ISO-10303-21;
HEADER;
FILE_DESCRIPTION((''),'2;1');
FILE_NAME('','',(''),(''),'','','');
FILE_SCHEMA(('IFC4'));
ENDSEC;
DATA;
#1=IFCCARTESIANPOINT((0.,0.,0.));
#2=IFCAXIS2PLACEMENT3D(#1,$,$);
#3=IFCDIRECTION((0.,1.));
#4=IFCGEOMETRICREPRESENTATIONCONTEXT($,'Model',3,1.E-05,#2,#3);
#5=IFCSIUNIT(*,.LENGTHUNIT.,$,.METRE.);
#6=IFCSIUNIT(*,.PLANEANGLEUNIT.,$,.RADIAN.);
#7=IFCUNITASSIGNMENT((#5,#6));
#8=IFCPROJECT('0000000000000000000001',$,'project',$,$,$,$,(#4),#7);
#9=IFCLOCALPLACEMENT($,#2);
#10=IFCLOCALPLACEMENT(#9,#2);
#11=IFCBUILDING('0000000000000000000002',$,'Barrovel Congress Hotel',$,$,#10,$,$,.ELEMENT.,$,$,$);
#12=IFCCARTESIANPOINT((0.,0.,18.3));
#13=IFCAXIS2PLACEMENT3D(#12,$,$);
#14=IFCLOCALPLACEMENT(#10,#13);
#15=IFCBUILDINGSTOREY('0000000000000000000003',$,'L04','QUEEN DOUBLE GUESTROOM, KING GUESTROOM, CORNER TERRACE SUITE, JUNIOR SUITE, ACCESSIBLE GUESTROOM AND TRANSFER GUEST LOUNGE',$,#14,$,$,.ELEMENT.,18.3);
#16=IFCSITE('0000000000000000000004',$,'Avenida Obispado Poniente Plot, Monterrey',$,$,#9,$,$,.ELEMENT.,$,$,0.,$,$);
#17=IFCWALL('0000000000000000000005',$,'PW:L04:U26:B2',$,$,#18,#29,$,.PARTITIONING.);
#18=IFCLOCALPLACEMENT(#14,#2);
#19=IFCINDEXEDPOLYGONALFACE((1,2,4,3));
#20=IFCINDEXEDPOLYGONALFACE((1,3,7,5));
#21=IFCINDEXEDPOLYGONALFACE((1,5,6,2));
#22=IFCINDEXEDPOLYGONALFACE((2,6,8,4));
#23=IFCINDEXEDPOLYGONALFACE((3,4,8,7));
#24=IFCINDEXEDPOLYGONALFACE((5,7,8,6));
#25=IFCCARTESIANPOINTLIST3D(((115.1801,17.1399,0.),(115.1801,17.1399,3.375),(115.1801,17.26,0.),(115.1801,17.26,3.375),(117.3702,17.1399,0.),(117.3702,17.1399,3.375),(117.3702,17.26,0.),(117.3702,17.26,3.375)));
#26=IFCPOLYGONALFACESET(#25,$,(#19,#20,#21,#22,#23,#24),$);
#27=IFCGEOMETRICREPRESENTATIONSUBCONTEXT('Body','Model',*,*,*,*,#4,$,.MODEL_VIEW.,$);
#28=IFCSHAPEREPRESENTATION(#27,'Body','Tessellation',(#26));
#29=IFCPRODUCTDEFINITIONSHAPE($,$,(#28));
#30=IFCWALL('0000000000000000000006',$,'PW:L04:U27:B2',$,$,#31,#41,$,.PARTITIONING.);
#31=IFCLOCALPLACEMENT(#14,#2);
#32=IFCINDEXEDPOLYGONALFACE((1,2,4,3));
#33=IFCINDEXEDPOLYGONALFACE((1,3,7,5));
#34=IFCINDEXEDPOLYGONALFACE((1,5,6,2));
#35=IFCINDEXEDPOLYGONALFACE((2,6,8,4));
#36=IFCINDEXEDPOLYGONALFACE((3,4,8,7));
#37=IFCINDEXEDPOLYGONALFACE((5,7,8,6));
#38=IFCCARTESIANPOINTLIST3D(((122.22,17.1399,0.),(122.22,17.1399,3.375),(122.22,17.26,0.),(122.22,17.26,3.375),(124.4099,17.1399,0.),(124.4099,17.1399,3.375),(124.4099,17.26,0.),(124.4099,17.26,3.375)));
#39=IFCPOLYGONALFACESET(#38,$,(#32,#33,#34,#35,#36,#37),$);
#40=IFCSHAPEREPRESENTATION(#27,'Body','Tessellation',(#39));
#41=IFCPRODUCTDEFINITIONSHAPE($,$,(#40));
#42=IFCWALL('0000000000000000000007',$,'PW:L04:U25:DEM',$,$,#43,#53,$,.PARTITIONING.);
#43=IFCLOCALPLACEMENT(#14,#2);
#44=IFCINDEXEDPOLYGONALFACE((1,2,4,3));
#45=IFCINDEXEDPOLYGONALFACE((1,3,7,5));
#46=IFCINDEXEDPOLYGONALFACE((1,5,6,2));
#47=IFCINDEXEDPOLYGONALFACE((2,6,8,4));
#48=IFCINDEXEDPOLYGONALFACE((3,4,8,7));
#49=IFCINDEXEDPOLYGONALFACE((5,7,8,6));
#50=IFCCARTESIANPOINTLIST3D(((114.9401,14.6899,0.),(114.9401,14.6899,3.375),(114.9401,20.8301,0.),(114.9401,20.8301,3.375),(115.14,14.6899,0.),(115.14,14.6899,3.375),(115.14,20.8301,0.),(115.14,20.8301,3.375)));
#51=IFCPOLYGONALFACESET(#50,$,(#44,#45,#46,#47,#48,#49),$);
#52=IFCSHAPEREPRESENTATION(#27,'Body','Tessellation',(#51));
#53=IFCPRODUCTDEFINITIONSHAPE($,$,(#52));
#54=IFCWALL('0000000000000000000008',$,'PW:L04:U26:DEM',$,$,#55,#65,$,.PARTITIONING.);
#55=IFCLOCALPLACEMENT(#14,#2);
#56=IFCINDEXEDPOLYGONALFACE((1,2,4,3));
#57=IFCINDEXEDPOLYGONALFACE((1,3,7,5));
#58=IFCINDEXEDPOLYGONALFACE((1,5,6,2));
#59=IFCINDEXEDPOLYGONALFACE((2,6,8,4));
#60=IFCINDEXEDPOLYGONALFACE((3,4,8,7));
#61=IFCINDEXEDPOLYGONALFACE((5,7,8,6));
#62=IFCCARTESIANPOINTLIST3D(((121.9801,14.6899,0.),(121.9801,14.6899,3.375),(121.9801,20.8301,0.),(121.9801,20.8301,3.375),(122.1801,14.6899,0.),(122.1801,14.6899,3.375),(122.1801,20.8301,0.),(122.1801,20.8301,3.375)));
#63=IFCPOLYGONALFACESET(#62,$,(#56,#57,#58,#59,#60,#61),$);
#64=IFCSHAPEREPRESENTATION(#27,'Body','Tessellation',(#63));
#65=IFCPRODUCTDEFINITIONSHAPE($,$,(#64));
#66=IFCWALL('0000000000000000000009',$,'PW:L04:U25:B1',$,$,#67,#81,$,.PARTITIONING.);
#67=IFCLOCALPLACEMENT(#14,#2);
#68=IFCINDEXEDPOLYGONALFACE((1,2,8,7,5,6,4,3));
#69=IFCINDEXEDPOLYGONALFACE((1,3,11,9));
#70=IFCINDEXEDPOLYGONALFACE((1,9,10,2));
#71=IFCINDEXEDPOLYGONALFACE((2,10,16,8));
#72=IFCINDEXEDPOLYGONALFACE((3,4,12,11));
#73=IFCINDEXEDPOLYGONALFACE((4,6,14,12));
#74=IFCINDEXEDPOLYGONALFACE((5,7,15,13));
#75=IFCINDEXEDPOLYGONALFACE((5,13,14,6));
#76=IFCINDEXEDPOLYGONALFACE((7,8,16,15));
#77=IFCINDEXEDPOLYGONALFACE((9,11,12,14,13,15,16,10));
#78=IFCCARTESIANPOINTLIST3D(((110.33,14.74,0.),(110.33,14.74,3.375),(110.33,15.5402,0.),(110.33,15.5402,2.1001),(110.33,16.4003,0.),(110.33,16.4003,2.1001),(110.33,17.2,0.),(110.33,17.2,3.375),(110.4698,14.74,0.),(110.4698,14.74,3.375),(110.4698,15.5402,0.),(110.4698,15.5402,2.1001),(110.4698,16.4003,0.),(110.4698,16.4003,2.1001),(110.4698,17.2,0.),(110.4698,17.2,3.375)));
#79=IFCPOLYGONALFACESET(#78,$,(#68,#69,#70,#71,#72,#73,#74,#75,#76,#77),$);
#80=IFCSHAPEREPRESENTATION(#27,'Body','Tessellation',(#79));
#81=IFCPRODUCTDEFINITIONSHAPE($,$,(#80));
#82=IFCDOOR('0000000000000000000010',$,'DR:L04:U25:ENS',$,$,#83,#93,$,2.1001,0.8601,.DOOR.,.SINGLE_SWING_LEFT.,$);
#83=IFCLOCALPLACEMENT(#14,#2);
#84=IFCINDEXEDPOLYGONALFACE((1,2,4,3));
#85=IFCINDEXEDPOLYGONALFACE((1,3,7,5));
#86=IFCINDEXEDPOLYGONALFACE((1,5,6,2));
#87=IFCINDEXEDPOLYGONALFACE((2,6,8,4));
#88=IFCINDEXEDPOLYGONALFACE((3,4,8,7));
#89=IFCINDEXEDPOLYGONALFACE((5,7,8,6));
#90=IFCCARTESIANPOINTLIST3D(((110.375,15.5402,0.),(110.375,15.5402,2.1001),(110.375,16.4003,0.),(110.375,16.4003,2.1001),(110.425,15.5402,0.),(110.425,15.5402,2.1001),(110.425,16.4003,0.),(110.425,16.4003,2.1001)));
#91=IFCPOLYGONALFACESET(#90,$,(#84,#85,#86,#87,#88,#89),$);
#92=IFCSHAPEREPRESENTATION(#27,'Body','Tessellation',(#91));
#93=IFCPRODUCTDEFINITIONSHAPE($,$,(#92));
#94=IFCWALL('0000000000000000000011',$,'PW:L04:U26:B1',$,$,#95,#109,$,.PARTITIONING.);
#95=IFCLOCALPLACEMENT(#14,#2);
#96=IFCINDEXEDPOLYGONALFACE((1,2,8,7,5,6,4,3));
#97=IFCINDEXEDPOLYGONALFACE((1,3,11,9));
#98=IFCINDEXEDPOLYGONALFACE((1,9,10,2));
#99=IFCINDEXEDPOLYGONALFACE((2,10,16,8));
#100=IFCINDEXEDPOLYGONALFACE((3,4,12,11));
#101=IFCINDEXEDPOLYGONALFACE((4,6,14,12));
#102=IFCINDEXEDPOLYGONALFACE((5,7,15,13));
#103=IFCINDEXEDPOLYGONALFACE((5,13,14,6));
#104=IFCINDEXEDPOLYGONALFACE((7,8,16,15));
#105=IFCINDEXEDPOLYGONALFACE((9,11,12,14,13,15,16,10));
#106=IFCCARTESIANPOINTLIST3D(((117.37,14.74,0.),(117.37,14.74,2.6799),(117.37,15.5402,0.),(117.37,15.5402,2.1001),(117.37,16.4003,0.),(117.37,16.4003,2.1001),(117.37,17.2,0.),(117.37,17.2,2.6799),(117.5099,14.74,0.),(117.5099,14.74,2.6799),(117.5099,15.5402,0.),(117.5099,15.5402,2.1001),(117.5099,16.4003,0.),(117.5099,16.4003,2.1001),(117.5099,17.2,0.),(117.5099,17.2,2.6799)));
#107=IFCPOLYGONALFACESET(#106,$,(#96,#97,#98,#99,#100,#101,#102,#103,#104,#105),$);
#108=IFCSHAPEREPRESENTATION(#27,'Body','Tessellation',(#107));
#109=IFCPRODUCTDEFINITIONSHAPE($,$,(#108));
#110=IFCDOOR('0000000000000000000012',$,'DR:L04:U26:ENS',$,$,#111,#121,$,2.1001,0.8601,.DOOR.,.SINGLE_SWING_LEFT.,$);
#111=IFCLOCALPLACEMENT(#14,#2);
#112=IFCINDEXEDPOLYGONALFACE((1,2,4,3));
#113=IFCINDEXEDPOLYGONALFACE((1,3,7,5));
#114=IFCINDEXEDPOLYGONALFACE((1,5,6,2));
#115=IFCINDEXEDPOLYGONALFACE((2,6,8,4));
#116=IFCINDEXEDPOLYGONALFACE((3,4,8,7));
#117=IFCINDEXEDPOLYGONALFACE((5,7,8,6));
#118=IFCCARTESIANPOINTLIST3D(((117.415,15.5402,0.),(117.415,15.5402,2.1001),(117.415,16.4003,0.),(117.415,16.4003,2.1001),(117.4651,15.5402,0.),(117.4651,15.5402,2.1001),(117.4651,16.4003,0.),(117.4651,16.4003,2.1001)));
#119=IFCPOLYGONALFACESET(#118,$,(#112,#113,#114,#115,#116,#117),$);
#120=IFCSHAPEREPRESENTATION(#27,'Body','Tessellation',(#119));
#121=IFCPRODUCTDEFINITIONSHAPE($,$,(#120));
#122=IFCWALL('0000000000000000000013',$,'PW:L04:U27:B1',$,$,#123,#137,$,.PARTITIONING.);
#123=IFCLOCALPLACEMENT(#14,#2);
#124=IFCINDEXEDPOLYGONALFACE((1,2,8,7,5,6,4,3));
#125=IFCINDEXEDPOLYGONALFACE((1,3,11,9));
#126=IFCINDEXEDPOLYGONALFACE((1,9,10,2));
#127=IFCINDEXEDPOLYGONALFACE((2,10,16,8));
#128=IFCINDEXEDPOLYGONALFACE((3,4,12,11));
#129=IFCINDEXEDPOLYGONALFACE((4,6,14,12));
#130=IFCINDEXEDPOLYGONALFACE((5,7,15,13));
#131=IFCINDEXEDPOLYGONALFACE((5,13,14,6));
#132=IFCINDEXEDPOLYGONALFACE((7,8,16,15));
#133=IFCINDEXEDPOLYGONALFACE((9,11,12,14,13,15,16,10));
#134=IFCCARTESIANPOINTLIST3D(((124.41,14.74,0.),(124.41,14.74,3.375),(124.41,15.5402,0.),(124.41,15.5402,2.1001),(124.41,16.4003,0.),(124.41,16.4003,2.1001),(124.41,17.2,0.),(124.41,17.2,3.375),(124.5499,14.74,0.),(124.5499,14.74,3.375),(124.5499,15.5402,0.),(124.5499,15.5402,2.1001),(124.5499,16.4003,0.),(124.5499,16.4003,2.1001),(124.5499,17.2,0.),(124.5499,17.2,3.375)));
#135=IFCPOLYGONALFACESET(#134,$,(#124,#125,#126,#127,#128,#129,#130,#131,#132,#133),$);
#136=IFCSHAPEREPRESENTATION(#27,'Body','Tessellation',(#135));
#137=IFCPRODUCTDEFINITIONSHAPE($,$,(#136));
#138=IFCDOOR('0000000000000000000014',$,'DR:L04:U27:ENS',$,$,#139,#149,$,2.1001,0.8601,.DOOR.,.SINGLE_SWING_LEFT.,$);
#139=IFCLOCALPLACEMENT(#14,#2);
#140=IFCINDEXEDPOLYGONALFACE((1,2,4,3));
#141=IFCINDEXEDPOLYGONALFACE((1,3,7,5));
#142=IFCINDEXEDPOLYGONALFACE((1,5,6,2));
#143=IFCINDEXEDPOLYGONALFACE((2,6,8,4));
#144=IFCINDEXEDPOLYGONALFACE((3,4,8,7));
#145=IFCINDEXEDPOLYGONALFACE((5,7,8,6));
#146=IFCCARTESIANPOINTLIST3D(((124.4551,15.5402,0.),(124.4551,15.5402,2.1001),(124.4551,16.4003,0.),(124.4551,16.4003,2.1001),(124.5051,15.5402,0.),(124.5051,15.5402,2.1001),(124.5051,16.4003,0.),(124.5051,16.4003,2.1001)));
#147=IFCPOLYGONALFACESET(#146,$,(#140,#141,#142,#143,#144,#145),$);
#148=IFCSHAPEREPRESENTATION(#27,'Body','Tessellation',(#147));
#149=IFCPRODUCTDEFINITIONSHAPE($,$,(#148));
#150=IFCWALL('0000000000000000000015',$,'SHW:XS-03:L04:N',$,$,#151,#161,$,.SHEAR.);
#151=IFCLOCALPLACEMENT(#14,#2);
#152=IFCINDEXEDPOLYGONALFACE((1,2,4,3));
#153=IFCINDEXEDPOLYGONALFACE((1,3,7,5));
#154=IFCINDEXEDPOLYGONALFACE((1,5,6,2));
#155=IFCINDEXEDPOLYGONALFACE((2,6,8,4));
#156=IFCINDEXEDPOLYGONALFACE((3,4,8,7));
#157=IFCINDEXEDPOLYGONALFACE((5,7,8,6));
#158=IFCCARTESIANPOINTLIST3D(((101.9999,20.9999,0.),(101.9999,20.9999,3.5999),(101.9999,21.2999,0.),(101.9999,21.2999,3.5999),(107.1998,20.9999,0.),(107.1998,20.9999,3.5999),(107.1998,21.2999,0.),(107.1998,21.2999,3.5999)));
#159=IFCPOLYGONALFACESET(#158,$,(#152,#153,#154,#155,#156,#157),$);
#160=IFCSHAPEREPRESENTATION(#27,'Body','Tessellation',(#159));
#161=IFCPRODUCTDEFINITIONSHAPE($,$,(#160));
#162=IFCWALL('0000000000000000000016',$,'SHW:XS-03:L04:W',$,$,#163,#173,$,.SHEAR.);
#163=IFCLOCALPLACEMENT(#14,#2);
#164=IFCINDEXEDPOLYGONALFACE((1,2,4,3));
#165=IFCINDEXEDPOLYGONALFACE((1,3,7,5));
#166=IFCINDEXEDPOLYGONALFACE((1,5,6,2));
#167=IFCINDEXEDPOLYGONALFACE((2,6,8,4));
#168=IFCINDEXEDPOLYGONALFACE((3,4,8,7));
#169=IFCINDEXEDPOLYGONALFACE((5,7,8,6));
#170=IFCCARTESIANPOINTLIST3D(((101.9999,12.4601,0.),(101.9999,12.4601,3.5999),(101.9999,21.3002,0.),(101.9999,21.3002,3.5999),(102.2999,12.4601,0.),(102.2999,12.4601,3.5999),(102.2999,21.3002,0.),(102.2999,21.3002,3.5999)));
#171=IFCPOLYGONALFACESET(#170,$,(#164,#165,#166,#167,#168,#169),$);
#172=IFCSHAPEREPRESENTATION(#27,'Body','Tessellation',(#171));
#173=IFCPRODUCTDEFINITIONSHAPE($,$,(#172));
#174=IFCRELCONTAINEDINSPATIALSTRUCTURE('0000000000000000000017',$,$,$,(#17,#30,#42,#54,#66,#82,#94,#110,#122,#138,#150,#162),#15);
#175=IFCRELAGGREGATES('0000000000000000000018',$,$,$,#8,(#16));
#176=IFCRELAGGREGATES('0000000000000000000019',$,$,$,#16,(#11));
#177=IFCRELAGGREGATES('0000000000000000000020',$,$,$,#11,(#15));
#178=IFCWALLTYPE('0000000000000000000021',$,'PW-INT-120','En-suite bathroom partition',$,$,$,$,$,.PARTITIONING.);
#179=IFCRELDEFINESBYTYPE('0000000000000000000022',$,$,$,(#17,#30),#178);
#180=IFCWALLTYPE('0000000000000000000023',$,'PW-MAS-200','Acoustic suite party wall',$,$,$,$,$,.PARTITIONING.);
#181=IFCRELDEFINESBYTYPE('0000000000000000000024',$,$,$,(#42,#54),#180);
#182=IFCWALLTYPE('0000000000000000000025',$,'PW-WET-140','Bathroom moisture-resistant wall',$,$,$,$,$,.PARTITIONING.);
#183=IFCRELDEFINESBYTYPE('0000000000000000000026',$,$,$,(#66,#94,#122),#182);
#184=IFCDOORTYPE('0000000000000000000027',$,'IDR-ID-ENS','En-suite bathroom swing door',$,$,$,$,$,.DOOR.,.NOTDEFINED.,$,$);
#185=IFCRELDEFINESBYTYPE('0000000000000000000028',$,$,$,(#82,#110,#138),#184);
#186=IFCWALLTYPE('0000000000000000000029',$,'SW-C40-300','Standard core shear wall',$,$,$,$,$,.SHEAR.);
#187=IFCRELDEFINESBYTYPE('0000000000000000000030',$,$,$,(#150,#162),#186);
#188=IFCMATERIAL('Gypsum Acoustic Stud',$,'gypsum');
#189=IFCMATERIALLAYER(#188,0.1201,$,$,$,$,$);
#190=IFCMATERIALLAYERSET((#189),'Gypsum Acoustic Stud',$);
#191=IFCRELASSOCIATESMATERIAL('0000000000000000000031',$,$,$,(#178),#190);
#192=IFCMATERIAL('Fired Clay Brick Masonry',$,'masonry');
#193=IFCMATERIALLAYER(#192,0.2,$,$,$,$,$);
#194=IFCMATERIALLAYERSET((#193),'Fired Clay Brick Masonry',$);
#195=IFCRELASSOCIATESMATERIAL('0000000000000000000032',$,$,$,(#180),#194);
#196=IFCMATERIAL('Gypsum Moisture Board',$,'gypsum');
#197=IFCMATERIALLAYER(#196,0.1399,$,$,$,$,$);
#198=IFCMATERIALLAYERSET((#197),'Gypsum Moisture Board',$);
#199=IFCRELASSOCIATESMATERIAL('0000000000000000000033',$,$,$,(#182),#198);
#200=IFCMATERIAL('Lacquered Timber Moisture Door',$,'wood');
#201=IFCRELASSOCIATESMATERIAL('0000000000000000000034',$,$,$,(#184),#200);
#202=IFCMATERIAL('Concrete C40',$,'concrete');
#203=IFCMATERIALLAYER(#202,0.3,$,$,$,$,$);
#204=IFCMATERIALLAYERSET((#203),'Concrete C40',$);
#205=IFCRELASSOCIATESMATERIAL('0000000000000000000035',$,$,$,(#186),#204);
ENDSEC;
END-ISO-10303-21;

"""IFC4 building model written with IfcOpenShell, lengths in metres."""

from ifc_helpers import new_model, si_unit, direction, frame, frame_2d, origin, place, context, subcontext, project, spatial, rectangle, extrude, material, layer, layer_set, type_object, element, fill, save


model = new_model("IFC4")

# Units and contexts
model_context = context("Model", 3, precision=1e-05, world=origin(), true_north=direction((0.0, 1.0)))
body_context = subcontext(model_context, "Body", "Model", "MODEL_VIEW")
ifc_project = project(units=[si_unit("LENGTHUNIT", "METRE"), si_unit("PLANEANGLEUNIT", "RADIAN")], contexts=[model_context])

# Site, building, storey
site_placement = place(None, origin())
site = spatial("IfcSite", under=ifc_project, at=site_placement, Name="Avenida Obispado Poniente Plot, Monterrey", CompositionType="ELEMENT", RefElevation=0.0)
building_placement = place(site_placement, origin())
building = spatial("IfcBuilding", under=site, at=building_placement, Name="Barrovel Congress Hotel", CompositionType="ELEMENT")
storey_placement = place(building_placement, frame((0.0, 0.0, 18.3)))
storey = spatial("IfcBuildingStorey", under=building, at=storey_placement, Name="L04", Description="QUEEN DOUBLE GUESTROOM, KING GUESTROOM, CORNER TERRACE SUITE, JUNIOR SUITE, ACCESSIBLE GUESTROOM AND TRANSFER GUEST LOUNGE", CompositionType="ELEMENT", Elevation=18.3)

# Shared definitions
ifc_material_1 = material(Name="Concrete C40", Category="concrete")

# Shared definitions
ifc_material_2 = material(Name="Fired Clay Brick Masonry", Category="masonry")

# Shared definitions
ifc_material_3 = material(Name="Gypsum Acoustic Stud", Category="gypsum")

# Walls
ifc_layer_1 = layer(ifc_material_3, 0.1201)
ifc_layer_set_1 = layer_set([ifc_layer_1], Name="Gypsum Acoustic Stud")
wall_type_1 = type_object("IfcWallType", Name="PW-INT-120", Description="En-suite bathroom partition", PredefinedType="PARTITIONING", material=ifc_layer_set_1)
for number, where, z_axis, x_axis, name in (
    (1, (115.1799, 17.2, 0.0), (0.0, 0.0, 1.0), (1.0, 0.0, 0.0), "PW:L04:U26:B2"),
):
    element("IfcWall", number, at=place(storey_placement, frame(where, z_axis=z_axis, x_axis=x_axis)), inside=storey, type_object=wall_type_1, Name=name, PredefinedType="PARTITIONING", context=body_context, shape_type="SweptSolid", body=[
        extrude(rectangle(XDim=2.1902, YDim=0.1201, at=frame_2d((1.0952, 0.0))), origin(), (0.0, 0.0, 1.0), 3.375),
    ])
wall_1_placement = place(storey_placement, frame((122.22, 17.2, 0.0), z_axis=(0.0, 0.0, 1.0), x_axis=(1.0, 0.0, 0.0)))
element("IfcWall", 2, at=wall_1_placement, inside=storey, type_object=wall_type_1, Name="PW:L04:U27:B2", PredefinedType="PARTITIONING", context=body_context, shape_type="SweptSolid", body=[
    extrude(rectangle(XDim=2.1899, YDim=0.1201, at=frame_2d((1.095, 0.0))), origin(), (0.0, 0.0, 1.0), 3.375),
])
ifc_layer_2 = layer(ifc_material_2, 0.2)
ifc_layer_set_2 = layer_set([ifc_layer_2], Name="Fired Clay Brick Masonry")
wall_type_2 = type_object("IfcWallType", Name="PW-MAS-200", Description="Acoustic suite party wall", PredefinedType="PARTITIONING", material=ifc_layer_set_2)
for number, where, z_axis, x_axis, name in (
    (3, (115.04, 14.6899, 0.0), (0.0, 0.0, 1.0), (0.0, 1.0, 0.0), "PW:L04:U25:DEM"),
    (4, (122.0801, 14.6899, 0.0), (0.0, 0.0, 1.0), (0.0, 1.0, 0.0), "PW:L04:U26:DEM"),
):
    element("IfcWall", number, at=place(storey_placement, frame(where, z_axis=z_axis, x_axis=x_axis)), inside=storey, type_object=wall_type_2, Name=name, PredefinedType="PARTITIONING", context=body_context, shape_type="SweptSolid", body=[
        extrude(rectangle(XDim=6.1401, YDim=0.2, at=frame_2d((3.0701, 0.0))), origin(), (0.0, 0.0, 1.0), 3.375),
    ])

# Walls, openings, doors
ifc_material_4 = material(Name="Gypsum Moisture Board", Category="gypsum")
ifc_layer_3 = layer(ifc_material_4, 0.1399)
ifc_layer_set_3 = layer_set([ifc_layer_3], Name="Gypsum Moisture Board")
wall_type_3 = type_object("IfcWallType", Name="PW-WET-140", Description="Bathroom moisture-resistant wall", PredefinedType="PARTITIONING", material=ifc_layer_set_3)
wall_2_placement = place(storey_placement, frame((110.3999, 14.74, 0.0), z_axis=(0.0, 0.0, 1.0), x_axis=(0.0, 1.0, 0.0)))
wall_2 = element("IfcWall", 5, at=wall_2_placement, inside=storey, type_object=wall_type_3, Name="PW:L04:U25:B1", PredefinedType="PARTITIONING", context=body_context, shape_type="SweptSolid", body=[
    extrude(rectangle(XDim=2.46, YDim=0.1399, at=frame_2d((1.23, 0.0))), origin(), (0.0, 0.0, 1.0), 3.375),
])
opening_1_placement = place(wall_2_placement, frame((0.8, 0.0, 0.0)))
opening_1 = element("IfcOpeningElement", 6, at=opening_1_placement, cuts=wall_2, PredefinedType="OPENING", context=body_context, shape_type="SweptSolid", body=[
    extrude(rectangle(XDim=0.8601, YDim=2.1001, at=frame_2d((0.4302, 1.05))), frame((0.0, 0.0801, 0.0), z_axis=(0.0, -1.0, 0.0), x_axis=(1.0, 0.0, 0.0)), (0.0, 0.0, 1.0), 0.1599),
])
ifc_material_5 = material(Name="Lacquered Timber Moisture Door", Category="wood")
door_type_1 = type_object("IfcDoorType", Name="IDR-ID-ENS", Description="En-suite bathroom swing door", OperationType="NOTDEFINED", PredefinedType="DOOR", material=ifc_material_5)
door_1_placement = place(opening_1_placement, origin())
door_1 = element("IfcDoor", 7, at=door_1_placement, inside=storey, type_object=door_type_1, Name="DR:L04:U25:ENS", OperationType="SINGLE_SWING_LEFT", OverallHeight=2.1001, OverallWidth=0.8601, PredefinedType="DOOR", context=body_context, shape_type="SweptSolid", body=[
    extrude(rectangle(XDim=0.8601, YDim=2.1001, at=frame_2d((0.4302, 1.05))), frame((0.0, 0.0249, 0.0), z_axis=(0.0, -1.0, 0.0), x_axis=(1.0, 0.0, 0.0)), (0.0, 0.0, 1.0), 0.05),
])
fill(opening_1, door_1)
wall_3_placement = place(storey_placement, frame((117.4399, 14.74, 0.0), z_axis=(0.0, 0.0, 1.0), x_axis=(0.0, 1.0, 0.0)))
wall_3 = element("IfcWall", 8, at=wall_3_placement, inside=storey, type_object=wall_type_3, Name="PW:L04:U26:B1", PredefinedType="PARTITIONING", context=body_context, shape_type="SweptSolid", body=[
    extrude(rectangle(XDim=2.46, YDim=0.1399, at=frame_2d((1.23, 0.0))), origin(), (0.0, 0.0, 1.0), 2.6799),
])
opening_2_placement = place(wall_3_placement, frame((0.8, 0.0, 0.0)))
opening_2 = element("IfcOpeningElement", 9, at=opening_2_placement, cuts=wall_3, PredefinedType="OPENING", context=body_context, shape_type="SweptSolid", body=[
    extrude(rectangle(XDim=0.8601, YDim=2.1001, at=frame_2d((0.4302, 1.05))), frame((0.0, 0.0801, 0.0), z_axis=(0.0, -1.0, 0.0), x_axis=(1.0, 0.0, 0.0)), (0.0, 0.0, 1.0), 0.1599),
])
door_2_placement = place(opening_2_placement, origin())
door_2 = element("IfcDoor", 10, at=door_2_placement, inside=storey, type_object=door_type_1, Name="DR:L04:U26:ENS", OperationType="SINGLE_SWING_LEFT", OverallHeight=2.1001, OverallWidth=0.8601, PredefinedType="DOOR", context=body_context, shape_type="SweptSolid", body=[
    extrude(rectangle(XDim=0.8601, YDim=2.1001, at=frame_2d((0.4302, 1.05))), frame((0.0, 0.0249, 0.0), z_axis=(0.0, -1.0, 0.0), x_axis=(1.0, 0.0, 0.0)), (0.0, 0.0, 1.0), 0.05),
])
fill(opening_2, door_2)
wall_4_placement = place(storey_placement, frame((124.48, 14.74, 0.0), z_axis=(0.0, 0.0, 1.0), x_axis=(0.0, 1.0, 0.0)))
wall_4 = element("IfcWall", 11, at=wall_4_placement, inside=storey, type_object=wall_type_3, Name="PW:L04:U27:B1", PredefinedType="PARTITIONING", context=body_context, shape_type="SweptSolid", body=[
    extrude(rectangle(XDim=2.46, YDim=0.1399, at=frame_2d((1.23, 0.0))), origin(), (0.0, 0.0, 1.0), 3.375),
])
opening_3_placement = place(wall_4_placement, frame((0.8, 0.0, 0.0)))
opening_3 = element("IfcOpeningElement", 12, at=opening_3_placement, cuts=wall_4, PredefinedType="OPENING", context=body_context, shape_type="SweptSolid", body=[
    extrude(rectangle(XDim=0.8601, YDim=2.1001, at=frame_2d((0.4302, 1.05))), frame((0.0, 0.0801, 0.0), z_axis=(0.0, -1.0, 0.0), x_axis=(1.0, 0.0, 0.0)), (0.0, 0.0, 1.0), 0.1599),
])
door_3_placement = place(opening_3_placement, origin())
door_3 = element("IfcDoor", 13, at=door_3_placement, inside=storey, type_object=door_type_1, Name="DR:L04:U27:ENS", OperationType="SINGLE_SWING_LEFT", OverallHeight=2.1001, OverallWidth=0.8601, PredefinedType="DOOR", context=body_context, shape_type="SweptSolid", body=[
    extrude(rectangle(XDim=0.8601, YDim=2.1001, at=frame_2d((0.4302, 1.05))), frame((0.0, 0.0249, 0.0), z_axis=(0.0, -1.0, 0.0), x_axis=(1.0, 0.0, 0.0)), (0.0, 0.0, 1.0), 0.05),
])
fill(opening_3, door_3)

# Walls
ifc_layer_4 = layer(ifc_material_1, 0.3)
ifc_layer_set_4 = layer_set([ifc_layer_4], Name="Concrete C40")
wall_type_4 = type_object("IfcWallType", Name="SW-C40-300", Description="Standard core shear wall", PredefinedType="SHEAR", material=ifc_layer_set_4)
wall_5_placement = place(storey_placement, frame((107.2, 21.1499, 0.0), z_axis=(0.0, 0.0, 1.0), x_axis=(-1.0, 0.0, 0.0)))
element("IfcWall", 14, at=wall_5_placement, inside=storey, type_object=wall_type_4, Name="SHW:XS-03:L04:N", PredefinedType="SHEAR", context=body_context, shape_type="SweptSolid", body=[
    extrude(rectangle(XDim=5.2, YDim=0.3, at=frame_2d((2.6001, 0.0))), origin(), (0.0, 0.0, 1.0), 3.5999),
])
wall_6_placement = place(storey_placement, frame((102.1499, 21.3, 0.0), z_axis=(0.0, 0.0, 1.0), x_axis=(0.0, -1.0, 0.0)))
element("IfcWall", 15, at=wall_6_placement, inside=storey, type_object=wall_type_4, Name="SHW:XS-03:L04:W", PredefinedType="SHEAR", context=body_context, shape_type="SweptSolid", body=[
    extrude(rectangle(XDim=8.8401, YDim=0.3, at=frame_2d((4.4199, 0.0))), origin(), (0.0, 0.0, 1.0), 3.5999),
])

save(model, "model.ifc")
